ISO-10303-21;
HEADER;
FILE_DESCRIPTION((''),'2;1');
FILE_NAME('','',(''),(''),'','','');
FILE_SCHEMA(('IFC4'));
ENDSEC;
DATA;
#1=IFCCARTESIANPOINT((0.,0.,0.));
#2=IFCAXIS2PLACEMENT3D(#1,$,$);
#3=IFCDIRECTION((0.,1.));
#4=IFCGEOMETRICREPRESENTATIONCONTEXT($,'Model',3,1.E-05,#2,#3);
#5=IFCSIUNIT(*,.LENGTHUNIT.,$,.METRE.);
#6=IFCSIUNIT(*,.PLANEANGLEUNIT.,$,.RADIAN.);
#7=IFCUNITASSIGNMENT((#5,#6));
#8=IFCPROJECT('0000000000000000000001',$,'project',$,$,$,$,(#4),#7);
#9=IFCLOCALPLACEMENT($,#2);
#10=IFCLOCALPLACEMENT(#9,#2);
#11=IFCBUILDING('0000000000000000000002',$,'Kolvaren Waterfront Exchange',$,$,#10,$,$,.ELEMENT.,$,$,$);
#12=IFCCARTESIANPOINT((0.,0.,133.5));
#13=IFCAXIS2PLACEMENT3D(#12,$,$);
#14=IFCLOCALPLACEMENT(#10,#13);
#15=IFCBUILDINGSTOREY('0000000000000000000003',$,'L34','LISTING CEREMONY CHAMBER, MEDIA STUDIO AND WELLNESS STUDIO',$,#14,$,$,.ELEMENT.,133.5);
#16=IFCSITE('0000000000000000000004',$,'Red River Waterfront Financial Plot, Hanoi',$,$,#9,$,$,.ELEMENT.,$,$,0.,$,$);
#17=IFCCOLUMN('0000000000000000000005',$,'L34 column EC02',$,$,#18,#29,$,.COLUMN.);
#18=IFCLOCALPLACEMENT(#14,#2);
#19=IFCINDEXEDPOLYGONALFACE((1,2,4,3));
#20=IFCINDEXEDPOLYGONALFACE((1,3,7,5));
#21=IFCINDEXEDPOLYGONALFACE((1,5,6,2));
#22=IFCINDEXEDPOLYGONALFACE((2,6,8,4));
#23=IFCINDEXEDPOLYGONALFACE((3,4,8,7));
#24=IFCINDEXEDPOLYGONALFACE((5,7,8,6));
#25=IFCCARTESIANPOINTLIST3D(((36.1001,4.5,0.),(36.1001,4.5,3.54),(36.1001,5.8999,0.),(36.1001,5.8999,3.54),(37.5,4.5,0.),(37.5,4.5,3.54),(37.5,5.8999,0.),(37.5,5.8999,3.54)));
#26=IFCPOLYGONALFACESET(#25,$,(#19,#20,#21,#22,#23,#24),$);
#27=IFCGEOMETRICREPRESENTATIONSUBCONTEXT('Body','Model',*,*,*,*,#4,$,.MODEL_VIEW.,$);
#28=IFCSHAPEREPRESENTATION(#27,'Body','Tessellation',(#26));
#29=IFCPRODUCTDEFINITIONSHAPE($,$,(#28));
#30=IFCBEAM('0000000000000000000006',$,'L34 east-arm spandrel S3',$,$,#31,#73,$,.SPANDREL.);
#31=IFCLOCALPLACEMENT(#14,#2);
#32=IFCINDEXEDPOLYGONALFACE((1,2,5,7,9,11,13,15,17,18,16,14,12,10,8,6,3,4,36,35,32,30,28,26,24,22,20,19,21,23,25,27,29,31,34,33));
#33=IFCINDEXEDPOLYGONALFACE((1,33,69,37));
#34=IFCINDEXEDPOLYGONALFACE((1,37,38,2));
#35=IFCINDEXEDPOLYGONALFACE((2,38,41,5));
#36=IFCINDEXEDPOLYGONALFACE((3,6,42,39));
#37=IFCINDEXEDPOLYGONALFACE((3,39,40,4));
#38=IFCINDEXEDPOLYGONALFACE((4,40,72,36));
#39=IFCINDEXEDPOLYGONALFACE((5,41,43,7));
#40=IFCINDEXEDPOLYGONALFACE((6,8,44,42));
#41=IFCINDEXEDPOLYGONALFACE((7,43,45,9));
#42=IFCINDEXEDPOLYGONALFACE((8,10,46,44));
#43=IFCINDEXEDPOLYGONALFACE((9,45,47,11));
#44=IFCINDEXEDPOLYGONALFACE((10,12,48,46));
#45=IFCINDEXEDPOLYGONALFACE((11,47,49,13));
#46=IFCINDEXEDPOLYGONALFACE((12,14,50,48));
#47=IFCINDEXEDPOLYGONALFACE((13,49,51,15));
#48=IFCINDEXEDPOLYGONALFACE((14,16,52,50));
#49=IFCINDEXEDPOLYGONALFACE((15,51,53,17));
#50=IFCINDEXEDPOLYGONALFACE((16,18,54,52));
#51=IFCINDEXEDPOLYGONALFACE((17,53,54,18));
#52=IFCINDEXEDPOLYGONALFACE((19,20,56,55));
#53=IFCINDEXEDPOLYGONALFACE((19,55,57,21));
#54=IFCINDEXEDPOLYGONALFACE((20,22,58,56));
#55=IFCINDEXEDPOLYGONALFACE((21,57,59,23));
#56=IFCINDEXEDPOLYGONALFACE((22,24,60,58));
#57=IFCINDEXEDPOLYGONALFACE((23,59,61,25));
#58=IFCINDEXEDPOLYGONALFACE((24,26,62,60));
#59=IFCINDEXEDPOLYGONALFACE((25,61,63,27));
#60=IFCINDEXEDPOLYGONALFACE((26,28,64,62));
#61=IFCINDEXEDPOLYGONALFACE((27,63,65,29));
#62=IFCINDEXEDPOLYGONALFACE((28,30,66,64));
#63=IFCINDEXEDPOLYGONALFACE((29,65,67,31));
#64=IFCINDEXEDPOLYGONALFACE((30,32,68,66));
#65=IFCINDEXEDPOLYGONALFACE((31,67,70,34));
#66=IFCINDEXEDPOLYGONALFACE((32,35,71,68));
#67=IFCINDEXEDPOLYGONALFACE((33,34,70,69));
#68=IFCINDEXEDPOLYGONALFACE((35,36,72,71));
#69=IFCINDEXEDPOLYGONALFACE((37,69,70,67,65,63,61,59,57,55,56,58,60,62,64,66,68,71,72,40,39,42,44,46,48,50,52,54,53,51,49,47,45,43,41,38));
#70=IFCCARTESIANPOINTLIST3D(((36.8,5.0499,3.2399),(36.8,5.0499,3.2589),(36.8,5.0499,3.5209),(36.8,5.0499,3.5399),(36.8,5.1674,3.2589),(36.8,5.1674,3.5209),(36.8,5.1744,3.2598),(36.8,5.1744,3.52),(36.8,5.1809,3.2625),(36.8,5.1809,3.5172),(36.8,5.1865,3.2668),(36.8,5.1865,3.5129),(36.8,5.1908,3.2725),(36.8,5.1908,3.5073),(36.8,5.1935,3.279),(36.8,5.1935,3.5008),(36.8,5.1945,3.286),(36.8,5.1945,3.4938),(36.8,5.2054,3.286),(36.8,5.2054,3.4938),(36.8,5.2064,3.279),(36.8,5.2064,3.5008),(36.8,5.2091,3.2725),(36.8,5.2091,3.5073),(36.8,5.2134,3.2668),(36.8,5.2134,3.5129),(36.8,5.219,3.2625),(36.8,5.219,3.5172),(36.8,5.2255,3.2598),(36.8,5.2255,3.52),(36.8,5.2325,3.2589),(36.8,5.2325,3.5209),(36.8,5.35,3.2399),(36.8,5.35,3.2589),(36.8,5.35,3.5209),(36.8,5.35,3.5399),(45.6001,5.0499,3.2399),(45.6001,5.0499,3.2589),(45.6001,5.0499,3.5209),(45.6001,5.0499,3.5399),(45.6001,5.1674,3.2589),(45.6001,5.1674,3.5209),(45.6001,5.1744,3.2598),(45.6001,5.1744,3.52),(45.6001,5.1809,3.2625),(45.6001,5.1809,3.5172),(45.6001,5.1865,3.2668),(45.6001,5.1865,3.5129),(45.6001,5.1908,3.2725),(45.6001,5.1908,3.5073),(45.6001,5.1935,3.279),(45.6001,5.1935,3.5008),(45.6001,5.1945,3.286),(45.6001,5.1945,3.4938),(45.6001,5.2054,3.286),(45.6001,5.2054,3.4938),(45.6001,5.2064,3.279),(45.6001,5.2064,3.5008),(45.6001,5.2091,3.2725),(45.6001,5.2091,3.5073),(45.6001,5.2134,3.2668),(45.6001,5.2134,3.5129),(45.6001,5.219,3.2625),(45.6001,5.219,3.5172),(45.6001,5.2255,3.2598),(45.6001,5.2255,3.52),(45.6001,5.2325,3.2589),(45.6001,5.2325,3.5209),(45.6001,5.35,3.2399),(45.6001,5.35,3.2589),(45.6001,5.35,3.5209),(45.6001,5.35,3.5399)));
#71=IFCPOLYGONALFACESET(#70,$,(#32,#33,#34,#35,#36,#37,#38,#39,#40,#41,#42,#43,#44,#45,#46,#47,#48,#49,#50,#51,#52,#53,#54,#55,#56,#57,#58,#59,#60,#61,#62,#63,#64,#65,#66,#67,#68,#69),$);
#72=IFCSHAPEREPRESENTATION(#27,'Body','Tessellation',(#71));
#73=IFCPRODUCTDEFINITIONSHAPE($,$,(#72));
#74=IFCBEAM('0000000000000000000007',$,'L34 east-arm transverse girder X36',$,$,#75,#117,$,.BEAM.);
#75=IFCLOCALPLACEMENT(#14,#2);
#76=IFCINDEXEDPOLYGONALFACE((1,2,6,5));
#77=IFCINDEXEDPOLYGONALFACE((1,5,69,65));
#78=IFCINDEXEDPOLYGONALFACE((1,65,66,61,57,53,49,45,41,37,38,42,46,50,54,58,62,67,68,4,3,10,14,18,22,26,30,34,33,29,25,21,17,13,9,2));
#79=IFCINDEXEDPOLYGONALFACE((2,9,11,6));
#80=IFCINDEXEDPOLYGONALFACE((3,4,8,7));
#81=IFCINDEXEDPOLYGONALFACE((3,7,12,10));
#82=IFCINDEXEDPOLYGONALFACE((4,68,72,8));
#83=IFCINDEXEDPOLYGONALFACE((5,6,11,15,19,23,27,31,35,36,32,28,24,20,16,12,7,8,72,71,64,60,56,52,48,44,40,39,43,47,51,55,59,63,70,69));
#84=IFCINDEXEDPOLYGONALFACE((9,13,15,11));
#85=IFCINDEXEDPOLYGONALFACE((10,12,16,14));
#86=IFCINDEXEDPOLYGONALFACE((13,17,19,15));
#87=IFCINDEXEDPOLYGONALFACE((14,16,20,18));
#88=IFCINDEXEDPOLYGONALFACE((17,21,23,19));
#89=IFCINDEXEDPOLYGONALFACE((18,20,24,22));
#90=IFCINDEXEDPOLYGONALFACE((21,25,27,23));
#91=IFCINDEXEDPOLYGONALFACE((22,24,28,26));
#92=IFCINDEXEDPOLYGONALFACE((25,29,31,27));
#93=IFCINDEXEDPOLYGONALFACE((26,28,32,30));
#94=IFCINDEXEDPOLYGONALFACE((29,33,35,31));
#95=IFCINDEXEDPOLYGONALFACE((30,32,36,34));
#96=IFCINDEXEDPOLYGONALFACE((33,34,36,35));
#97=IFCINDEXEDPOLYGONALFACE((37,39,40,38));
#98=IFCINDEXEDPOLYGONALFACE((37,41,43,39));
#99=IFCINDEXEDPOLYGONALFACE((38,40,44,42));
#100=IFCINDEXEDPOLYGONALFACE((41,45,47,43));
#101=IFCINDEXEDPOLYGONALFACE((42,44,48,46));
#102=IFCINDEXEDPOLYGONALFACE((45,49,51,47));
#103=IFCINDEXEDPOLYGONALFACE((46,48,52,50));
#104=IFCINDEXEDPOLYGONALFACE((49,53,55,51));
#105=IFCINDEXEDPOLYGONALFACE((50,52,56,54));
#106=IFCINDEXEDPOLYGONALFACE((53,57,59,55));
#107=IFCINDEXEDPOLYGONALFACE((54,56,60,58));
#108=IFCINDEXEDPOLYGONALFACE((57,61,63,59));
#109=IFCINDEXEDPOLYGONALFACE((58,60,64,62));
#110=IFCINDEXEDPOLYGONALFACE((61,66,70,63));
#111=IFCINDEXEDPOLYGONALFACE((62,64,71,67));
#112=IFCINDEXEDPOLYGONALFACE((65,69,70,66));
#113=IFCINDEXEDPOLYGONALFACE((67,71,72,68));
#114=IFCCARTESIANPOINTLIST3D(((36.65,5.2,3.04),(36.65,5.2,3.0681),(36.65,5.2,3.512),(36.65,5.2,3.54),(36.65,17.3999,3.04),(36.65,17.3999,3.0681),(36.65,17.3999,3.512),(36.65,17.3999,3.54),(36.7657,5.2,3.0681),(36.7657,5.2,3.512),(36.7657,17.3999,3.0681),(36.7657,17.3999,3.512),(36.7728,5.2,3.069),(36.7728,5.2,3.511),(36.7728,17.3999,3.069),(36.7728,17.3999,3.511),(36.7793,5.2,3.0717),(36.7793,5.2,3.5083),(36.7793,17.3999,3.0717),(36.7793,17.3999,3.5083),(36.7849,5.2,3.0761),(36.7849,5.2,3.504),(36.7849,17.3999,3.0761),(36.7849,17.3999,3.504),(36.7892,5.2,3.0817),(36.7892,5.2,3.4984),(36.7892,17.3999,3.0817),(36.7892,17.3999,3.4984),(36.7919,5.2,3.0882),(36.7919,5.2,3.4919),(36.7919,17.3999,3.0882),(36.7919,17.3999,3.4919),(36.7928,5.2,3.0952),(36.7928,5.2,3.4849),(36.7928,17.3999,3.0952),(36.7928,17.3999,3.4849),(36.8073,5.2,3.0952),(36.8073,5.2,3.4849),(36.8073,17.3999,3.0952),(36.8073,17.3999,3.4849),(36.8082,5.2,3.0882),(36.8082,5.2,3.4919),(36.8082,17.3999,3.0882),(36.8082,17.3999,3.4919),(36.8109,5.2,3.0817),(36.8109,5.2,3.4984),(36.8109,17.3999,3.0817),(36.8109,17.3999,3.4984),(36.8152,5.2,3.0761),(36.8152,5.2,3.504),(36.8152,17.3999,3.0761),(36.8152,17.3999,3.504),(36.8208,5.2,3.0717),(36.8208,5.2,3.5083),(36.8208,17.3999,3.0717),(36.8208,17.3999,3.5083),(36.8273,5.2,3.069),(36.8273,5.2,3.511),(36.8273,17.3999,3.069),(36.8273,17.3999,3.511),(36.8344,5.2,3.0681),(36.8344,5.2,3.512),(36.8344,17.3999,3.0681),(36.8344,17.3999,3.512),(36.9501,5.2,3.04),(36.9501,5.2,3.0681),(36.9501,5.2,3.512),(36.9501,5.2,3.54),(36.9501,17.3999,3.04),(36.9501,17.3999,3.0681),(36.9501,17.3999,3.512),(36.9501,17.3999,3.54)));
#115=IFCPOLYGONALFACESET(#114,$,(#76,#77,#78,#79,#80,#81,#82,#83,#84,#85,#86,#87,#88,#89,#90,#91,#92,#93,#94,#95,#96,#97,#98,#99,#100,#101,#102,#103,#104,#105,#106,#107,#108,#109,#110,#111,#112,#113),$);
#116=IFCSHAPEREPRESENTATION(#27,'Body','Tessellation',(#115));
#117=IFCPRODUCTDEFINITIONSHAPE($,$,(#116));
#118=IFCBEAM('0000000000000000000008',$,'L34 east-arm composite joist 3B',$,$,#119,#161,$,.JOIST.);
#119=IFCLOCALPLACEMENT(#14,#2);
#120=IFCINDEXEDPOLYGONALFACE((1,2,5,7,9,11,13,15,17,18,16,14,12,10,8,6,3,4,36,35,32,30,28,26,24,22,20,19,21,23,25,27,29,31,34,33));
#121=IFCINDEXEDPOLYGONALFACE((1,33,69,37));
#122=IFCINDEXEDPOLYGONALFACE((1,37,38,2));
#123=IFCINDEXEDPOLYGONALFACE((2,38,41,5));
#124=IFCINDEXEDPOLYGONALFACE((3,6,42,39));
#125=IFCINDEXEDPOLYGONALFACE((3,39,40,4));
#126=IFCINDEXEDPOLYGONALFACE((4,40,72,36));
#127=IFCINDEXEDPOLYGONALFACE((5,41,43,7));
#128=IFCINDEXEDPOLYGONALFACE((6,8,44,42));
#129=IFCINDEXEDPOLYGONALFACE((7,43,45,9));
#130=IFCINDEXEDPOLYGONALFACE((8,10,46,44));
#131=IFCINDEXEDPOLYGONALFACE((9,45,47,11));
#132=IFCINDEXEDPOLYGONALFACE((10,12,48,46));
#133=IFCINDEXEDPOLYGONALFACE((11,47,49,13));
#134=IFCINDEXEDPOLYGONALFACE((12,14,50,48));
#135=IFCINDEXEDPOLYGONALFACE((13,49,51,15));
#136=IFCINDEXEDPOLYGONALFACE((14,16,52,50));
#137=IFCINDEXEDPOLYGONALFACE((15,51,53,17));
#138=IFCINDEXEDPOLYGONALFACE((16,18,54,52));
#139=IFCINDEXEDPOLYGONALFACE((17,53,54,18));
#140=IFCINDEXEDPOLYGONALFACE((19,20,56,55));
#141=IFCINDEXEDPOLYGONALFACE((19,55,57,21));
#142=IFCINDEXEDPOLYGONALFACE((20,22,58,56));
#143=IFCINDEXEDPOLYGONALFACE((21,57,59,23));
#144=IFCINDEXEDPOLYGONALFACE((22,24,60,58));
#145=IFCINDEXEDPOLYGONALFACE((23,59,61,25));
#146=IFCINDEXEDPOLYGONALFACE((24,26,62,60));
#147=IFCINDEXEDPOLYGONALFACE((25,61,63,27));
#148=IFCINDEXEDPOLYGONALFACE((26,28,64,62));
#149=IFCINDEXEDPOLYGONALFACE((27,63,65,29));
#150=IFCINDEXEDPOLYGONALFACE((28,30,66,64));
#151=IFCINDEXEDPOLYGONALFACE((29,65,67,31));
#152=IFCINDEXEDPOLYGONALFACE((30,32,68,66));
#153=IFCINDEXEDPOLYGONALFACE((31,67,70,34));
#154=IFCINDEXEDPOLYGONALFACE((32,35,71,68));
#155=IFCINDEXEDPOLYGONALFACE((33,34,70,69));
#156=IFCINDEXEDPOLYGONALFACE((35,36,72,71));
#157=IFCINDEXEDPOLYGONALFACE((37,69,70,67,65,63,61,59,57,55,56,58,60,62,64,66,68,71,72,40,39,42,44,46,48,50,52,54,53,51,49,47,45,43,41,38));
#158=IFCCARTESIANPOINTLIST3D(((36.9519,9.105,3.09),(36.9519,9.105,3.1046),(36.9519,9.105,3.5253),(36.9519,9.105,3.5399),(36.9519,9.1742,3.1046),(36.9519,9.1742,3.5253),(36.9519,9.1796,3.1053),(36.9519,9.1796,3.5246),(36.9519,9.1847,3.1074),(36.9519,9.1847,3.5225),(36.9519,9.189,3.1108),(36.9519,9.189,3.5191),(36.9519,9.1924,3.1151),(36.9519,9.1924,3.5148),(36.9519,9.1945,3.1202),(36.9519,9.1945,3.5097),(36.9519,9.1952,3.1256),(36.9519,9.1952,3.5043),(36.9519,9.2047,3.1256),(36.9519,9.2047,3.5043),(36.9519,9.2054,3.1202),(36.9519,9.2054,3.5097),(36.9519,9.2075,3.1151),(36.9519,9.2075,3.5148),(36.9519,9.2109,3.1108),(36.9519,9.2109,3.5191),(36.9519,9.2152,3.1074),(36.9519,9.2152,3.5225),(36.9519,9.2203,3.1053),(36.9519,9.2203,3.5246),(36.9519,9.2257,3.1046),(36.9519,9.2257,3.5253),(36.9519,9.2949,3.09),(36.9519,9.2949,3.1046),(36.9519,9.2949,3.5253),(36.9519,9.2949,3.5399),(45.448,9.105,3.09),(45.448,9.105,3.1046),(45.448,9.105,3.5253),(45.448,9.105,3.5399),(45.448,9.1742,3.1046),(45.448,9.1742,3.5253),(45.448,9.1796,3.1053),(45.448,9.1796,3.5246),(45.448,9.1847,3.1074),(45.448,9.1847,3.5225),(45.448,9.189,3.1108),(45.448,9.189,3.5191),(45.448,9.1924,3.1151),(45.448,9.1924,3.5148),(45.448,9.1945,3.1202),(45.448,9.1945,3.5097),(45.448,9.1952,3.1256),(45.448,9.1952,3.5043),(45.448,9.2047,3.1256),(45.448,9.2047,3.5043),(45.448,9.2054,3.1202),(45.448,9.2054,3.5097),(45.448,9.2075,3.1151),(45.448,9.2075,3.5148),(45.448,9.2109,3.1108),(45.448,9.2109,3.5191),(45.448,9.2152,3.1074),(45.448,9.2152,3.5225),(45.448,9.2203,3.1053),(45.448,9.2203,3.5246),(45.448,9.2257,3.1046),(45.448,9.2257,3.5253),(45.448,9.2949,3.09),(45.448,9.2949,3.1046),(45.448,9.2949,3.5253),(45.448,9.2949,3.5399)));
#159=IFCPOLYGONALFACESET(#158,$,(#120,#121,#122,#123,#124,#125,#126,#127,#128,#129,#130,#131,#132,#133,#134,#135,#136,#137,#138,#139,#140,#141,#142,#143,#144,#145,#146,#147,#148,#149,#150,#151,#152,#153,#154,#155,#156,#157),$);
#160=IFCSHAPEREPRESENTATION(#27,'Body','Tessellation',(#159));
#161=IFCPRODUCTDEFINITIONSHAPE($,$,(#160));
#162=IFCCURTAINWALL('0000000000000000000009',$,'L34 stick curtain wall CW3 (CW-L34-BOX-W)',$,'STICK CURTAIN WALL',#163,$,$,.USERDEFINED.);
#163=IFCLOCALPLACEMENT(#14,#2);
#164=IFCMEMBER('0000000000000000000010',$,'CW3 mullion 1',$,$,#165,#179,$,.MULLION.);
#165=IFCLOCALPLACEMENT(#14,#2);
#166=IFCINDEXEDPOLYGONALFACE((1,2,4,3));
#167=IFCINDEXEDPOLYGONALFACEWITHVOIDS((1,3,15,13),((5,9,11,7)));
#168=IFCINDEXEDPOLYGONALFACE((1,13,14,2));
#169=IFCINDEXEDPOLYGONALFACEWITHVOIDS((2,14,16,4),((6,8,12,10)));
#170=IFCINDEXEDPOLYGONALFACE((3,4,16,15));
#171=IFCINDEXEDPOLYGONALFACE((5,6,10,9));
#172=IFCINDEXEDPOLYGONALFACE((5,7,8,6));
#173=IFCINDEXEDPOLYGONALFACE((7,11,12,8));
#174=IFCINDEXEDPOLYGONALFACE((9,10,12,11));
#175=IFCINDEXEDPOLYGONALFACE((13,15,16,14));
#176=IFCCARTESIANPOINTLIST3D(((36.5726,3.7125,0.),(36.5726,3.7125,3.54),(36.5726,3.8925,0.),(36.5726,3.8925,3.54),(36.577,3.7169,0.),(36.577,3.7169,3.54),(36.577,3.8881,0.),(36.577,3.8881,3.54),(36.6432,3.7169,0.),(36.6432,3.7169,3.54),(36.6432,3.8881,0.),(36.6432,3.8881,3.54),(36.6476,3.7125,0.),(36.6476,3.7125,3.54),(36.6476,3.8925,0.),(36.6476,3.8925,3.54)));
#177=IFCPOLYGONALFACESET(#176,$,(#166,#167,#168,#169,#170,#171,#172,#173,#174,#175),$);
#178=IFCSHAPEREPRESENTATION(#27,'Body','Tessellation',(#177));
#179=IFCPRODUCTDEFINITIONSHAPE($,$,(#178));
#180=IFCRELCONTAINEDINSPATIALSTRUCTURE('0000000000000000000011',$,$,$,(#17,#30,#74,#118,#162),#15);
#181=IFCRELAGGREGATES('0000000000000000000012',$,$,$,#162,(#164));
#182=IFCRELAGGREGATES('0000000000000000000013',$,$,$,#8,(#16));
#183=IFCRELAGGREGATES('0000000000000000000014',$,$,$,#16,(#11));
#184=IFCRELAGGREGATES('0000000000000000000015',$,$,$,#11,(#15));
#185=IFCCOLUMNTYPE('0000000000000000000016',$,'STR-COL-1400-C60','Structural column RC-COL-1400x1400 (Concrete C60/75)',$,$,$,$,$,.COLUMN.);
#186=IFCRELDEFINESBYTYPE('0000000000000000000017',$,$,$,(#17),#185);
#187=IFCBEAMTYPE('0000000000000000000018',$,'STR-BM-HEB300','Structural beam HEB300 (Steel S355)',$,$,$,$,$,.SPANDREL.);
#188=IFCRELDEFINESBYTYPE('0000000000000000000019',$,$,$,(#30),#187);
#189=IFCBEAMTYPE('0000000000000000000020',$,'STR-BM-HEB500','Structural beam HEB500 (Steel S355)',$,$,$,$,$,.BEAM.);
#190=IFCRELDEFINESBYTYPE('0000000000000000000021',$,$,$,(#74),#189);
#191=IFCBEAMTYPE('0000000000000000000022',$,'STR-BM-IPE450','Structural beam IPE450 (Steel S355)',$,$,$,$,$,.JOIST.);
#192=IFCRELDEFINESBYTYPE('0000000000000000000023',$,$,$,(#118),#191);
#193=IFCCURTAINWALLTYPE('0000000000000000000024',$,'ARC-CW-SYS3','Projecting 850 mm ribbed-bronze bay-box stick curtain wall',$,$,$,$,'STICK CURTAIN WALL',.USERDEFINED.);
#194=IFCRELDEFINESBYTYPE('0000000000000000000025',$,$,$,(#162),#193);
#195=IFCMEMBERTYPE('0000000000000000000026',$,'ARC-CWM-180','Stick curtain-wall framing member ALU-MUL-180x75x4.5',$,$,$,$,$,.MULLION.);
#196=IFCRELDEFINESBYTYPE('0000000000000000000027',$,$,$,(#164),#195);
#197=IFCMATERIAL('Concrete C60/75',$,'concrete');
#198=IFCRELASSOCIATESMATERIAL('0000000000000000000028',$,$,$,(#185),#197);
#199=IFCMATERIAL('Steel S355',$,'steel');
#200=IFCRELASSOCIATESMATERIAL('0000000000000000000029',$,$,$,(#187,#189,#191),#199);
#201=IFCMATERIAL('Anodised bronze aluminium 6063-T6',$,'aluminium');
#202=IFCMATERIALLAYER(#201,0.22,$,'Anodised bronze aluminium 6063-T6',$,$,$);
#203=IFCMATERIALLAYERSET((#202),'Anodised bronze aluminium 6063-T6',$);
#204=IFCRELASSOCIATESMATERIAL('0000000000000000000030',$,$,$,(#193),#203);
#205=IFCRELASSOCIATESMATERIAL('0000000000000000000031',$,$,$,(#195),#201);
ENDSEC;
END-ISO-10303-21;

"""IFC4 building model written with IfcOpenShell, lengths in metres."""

from ifc_helpers import new_model, si_unit, direction, frame, origin, origin_with_axes, origin_2d, place, context, subcontext, project, spatial, rectangle, hollow_rectangle, i_section, extrude, source, transform, mapped, material, layer, layer_set, material_profile, profile_set, type_object, element, aggregate, save


model = new_model("IFC4")

# Units and contexts
model_context = context("Model", 3, precision=1e-05, world=origin(), true_north=direction((0.0, 1.0)))
body_context = subcontext(model_context, "Body", "Model", "MODEL_VIEW")
ifc_project = project(units=[si_unit("LENGTHUNIT", "METRE"), si_unit("PLANEANGLEUNIT", "RADIAN")], contexts=[model_context])

# Site, building, storey
site_placement = place(None, origin())
site = spatial("IfcSite", under=ifc_project, at=site_placement, Name="Red River Waterfront Financial Plot, Hanoi", CompositionType="ELEMENT", RefElevation=0.0)
building_placement = place(site_placement, origin())
building = spatial("IfcBuilding", under=site, at=building_placement, Name="Kolvaren Waterfront Exchange", CompositionType="ELEMENT")
storey_placement = place(building_placement, frame((0.0, 0.0, 133.5)))
storey = spatial("IfcBuildingStorey", under=building, at=storey_placement, Name="L34", Description="LISTING CEREMONY CHAMBER, MEDIA STUDIO AND WELLNESS STUDIO", CompositionType="ELEMENT", Elevation=133.5)

# Column
ifc_material_1 = material(Name="Concrete C60/75", Category="concrete")
ifc_material_profile_1 = material_profile(ifc_material_1, rectangle(XDim=1.3999, YDim=1.3999, at=origin_2d()), Name="RC-COL-1400x1400")
ifc_profile_set_1 = profile_set([ifc_material_profile_1], Name="Concrete C60/75")
column_type = type_object("IfcColumnType", Name="STR-COL-1400-C60", Description="Structural column RC-COL-1400x1400 (Concrete C60/75)", PredefinedType="COLUMN", material=ifc_profile_set_1)
column_placement = place(storey_placement, frame((36.8, 5.2, 0.0), z_axis=(0.0, 0.0, 1.0), x_axis=(1.0, 0.0, 0.0)))
element("IfcColumn", 1, at=column_placement, inside=storey, type_object=column_type, Name="L34 column EC02", PredefinedType="COLUMN", context=body_context, shape_type="SweptSolid", body=[
    extrude(rectangle(XDim=1.3999, YDim=1.3999, at=origin_2d()), origin(), (0.0, 0.0, 1.0), 3.54),
])

# Beams
ifc_material_2 = material(Name="Steel S355", Category="steel")
ifc_material_profile_2 = material_profile(ifc_material_2, i_section(OverallWidth=0.3, OverallDepth=0.3, WebThickness=0.011, FlangeThickness=0.019, FilletRadius=0.0271, at=origin_2d()), Name="HEB300")
ifc_profile_set_2 = profile_set([ifc_material_profile_2], Name="Steel S355")
beam_type_1 = type_object("IfcBeamType", Name="STR-BM-HEB300", Description="Structural beam HEB300 (Steel S355)", PredefinedType="SPANDREL", material=ifc_profile_set_2)
beam_1_placement = place(storey_placement, frame((36.8, 5.2, 3.3899), z_axis=(1.0, 0.0, 0.0), x_axis=(0.0, 1.0, 0.0)))
element("IfcBeam", 2, at=beam_1_placement, inside=storey, type_object=beam_type_1, Name="L34 east-arm spandrel S3", PredefinedType="SPANDREL", context=body_context, shape_type="SweptSolid", body=[
    extrude(i_section(OverallWidth=0.3, OverallDepth=0.3, WebThickness=0.011, FlangeThickness=0.019, FilletRadius=0.0271, at=origin_2d()), origin(), (0.0, 0.0, 1.0), 8.8),
])
ifc_material_profile_3 = material_profile(ifc_material_2, i_section(OverallWidth=0.3, OverallDepth=0.5, WebThickness=0.0144, FlangeThickness=0.0281, FilletRadius=0.0271, at=origin_2d()), Name="HEB500")
ifc_profile_set_3 = profile_set([ifc_material_profile_3], Name="Steel S355")
beam_type_2 = type_object("IfcBeamType", Name="STR-BM-HEB500", Description="Structural beam HEB500 (Steel S355)", PredefinedType="BEAM", material=ifc_profile_set_3)
beam_2_placement = place(storey_placement, frame((36.8, 5.2, 3.29), z_axis=(0.0, 1.0, 0.0), x_axis=(-1.0, 0.0, 0.0)))
element("IfcBeam", 3, at=beam_2_placement, inside=storey, type_object=beam_type_2, Name="L34 east-arm transverse girder X36", PredefinedType="BEAM", context=body_context, shape_type="SweptSolid", body=[
    extrude(i_section(OverallWidth=0.3, OverallDepth=0.5, WebThickness=0.0144, FlangeThickness=0.0281, FilletRadius=0.0271, at=origin_2d()), origin(), (0.0, 0.0, 1.0), 12.2),
])
ifc_material_profile_4 = material_profile(ifc_material_2, i_section(OverallWidth=0.1899, OverallDepth=0.45, WebThickness=0.0095, FlangeThickness=0.0146, FilletRadius=0.021, at=origin_2d()), Name="IPE450")
ifc_profile_set_4 = profile_set([ifc_material_profile_4], Name="Steel S355")
beam_type_3 = type_object("IfcBeamType", Name="STR-BM-IPE450", Description="Structural beam IPE450 (Steel S355)", PredefinedType="JOIST", material=ifc_profile_set_4)
beam_3_placement = place(storey_placement, frame((36.9519, 9.2, 3.3149), z_axis=(1.0, 0.0, 0.0), x_axis=(0.0, 1.0, 0.0)))
element("IfcBeam", 4, at=beam_3_placement, inside=storey, type_object=beam_type_3, Name="L34 east-arm composite joist 3B", PredefinedType="JOIST", context=body_context, shape_type="SweptSolid", body=[
    extrude(i_section(OverallWidth=0.1899, OverallDepth=0.45, WebThickness=0.0095, FlangeThickness=0.0146, FilletRadius=0.021, at=origin_2d()), origin(), (0.0, 0.0, 1.0), 8.4961),
])

# Curtain wall, member
ifc_material_3 = material(Name="Anodised bronze aluminium 6063-T6", Category="aluminium")
ifc_layer_1 = layer(ifc_material_3, 0.22, Name="Anodised bronze aluminium 6063-T6")
ifc_layer_set_1 = layer_set([ifc_layer_1], Name="Anodised bronze aluminium 6063-T6")
curtain_wall_type = type_object("IfcCurtainWallType", Name="ARC-CW-SYS3", Description="Projecting 850 mm ribbed-bronze bay-box stick curtain wall", ElementType="STICK CURTAIN WALL", PredefinedType="USERDEFINED", material=ifc_layer_set_1)
curtain_wall_1_placement = place(storey_placement, origin())
curtain_wall_1 = element("IfcCurtainWall", 5, at=curtain_wall_1_placement, inside=storey, type_object=curtain_wall_type, Name="L34 stick curtain wall CW3 (CW-L34-BOX-W)", ObjectType="STICK CURTAIN WALL", PredefinedType="USERDEFINED")
ifc_material_profile_5 = material_profile(ifc_material_3, hollow_rectangle(XDim=0.075, YDim=0.1799, WallThickness=0.0044, at=origin_2d()), Name="ALU-MUL-180x75x4.5")
ifc_profile_set_5 = profile_set([ifc_material_profile_5], Name="Anodised bronze aluminium 6063-T6")
member_type_1 = type_object("IfcMemberType", Name="ARC-CWM-180", Description="Stick curtain-wall framing member ALU-MUL-180x75x4.5", PredefinedType="MULLION", material=ifc_profile_set_5)
shared_shape_1 = source(origin_with_axes(), body_context, "Body", "SweptSolid", [
    extrude(hollow_rectangle(XDim=0.075, YDim=0.1799, WallThickness=0.0044, at=origin_2d()), origin(), (0.0, 0.0, 1.0), 3.54),
])
member_1_placement = place(storey_placement, frame((36.6101, 3.8025, 0.0), z_axis=(0.0, 0.0, 1.0), x_axis=(1.0, 0.0, 0.0)))
member_1 = element("IfcMember", 6, at=member_1_placement, type_object=member_type_1, Name="CW3 mullion 1", PredefinedType="MULLION", context=body_context, shape_type="MappedRepresentation", body=[
    mapped(shared_shape_1, transform((0.0, 0.0, 0.0), x_axis=(1.0, 0.0, 0.0), y_axis=(0.0, 1.0, 0.0), z_axis=(0.0, 0.0, 1.0), scale=1.0)),
])

aggregate(curtain_wall_1, [member_1])

save(model, "model.ifc")
